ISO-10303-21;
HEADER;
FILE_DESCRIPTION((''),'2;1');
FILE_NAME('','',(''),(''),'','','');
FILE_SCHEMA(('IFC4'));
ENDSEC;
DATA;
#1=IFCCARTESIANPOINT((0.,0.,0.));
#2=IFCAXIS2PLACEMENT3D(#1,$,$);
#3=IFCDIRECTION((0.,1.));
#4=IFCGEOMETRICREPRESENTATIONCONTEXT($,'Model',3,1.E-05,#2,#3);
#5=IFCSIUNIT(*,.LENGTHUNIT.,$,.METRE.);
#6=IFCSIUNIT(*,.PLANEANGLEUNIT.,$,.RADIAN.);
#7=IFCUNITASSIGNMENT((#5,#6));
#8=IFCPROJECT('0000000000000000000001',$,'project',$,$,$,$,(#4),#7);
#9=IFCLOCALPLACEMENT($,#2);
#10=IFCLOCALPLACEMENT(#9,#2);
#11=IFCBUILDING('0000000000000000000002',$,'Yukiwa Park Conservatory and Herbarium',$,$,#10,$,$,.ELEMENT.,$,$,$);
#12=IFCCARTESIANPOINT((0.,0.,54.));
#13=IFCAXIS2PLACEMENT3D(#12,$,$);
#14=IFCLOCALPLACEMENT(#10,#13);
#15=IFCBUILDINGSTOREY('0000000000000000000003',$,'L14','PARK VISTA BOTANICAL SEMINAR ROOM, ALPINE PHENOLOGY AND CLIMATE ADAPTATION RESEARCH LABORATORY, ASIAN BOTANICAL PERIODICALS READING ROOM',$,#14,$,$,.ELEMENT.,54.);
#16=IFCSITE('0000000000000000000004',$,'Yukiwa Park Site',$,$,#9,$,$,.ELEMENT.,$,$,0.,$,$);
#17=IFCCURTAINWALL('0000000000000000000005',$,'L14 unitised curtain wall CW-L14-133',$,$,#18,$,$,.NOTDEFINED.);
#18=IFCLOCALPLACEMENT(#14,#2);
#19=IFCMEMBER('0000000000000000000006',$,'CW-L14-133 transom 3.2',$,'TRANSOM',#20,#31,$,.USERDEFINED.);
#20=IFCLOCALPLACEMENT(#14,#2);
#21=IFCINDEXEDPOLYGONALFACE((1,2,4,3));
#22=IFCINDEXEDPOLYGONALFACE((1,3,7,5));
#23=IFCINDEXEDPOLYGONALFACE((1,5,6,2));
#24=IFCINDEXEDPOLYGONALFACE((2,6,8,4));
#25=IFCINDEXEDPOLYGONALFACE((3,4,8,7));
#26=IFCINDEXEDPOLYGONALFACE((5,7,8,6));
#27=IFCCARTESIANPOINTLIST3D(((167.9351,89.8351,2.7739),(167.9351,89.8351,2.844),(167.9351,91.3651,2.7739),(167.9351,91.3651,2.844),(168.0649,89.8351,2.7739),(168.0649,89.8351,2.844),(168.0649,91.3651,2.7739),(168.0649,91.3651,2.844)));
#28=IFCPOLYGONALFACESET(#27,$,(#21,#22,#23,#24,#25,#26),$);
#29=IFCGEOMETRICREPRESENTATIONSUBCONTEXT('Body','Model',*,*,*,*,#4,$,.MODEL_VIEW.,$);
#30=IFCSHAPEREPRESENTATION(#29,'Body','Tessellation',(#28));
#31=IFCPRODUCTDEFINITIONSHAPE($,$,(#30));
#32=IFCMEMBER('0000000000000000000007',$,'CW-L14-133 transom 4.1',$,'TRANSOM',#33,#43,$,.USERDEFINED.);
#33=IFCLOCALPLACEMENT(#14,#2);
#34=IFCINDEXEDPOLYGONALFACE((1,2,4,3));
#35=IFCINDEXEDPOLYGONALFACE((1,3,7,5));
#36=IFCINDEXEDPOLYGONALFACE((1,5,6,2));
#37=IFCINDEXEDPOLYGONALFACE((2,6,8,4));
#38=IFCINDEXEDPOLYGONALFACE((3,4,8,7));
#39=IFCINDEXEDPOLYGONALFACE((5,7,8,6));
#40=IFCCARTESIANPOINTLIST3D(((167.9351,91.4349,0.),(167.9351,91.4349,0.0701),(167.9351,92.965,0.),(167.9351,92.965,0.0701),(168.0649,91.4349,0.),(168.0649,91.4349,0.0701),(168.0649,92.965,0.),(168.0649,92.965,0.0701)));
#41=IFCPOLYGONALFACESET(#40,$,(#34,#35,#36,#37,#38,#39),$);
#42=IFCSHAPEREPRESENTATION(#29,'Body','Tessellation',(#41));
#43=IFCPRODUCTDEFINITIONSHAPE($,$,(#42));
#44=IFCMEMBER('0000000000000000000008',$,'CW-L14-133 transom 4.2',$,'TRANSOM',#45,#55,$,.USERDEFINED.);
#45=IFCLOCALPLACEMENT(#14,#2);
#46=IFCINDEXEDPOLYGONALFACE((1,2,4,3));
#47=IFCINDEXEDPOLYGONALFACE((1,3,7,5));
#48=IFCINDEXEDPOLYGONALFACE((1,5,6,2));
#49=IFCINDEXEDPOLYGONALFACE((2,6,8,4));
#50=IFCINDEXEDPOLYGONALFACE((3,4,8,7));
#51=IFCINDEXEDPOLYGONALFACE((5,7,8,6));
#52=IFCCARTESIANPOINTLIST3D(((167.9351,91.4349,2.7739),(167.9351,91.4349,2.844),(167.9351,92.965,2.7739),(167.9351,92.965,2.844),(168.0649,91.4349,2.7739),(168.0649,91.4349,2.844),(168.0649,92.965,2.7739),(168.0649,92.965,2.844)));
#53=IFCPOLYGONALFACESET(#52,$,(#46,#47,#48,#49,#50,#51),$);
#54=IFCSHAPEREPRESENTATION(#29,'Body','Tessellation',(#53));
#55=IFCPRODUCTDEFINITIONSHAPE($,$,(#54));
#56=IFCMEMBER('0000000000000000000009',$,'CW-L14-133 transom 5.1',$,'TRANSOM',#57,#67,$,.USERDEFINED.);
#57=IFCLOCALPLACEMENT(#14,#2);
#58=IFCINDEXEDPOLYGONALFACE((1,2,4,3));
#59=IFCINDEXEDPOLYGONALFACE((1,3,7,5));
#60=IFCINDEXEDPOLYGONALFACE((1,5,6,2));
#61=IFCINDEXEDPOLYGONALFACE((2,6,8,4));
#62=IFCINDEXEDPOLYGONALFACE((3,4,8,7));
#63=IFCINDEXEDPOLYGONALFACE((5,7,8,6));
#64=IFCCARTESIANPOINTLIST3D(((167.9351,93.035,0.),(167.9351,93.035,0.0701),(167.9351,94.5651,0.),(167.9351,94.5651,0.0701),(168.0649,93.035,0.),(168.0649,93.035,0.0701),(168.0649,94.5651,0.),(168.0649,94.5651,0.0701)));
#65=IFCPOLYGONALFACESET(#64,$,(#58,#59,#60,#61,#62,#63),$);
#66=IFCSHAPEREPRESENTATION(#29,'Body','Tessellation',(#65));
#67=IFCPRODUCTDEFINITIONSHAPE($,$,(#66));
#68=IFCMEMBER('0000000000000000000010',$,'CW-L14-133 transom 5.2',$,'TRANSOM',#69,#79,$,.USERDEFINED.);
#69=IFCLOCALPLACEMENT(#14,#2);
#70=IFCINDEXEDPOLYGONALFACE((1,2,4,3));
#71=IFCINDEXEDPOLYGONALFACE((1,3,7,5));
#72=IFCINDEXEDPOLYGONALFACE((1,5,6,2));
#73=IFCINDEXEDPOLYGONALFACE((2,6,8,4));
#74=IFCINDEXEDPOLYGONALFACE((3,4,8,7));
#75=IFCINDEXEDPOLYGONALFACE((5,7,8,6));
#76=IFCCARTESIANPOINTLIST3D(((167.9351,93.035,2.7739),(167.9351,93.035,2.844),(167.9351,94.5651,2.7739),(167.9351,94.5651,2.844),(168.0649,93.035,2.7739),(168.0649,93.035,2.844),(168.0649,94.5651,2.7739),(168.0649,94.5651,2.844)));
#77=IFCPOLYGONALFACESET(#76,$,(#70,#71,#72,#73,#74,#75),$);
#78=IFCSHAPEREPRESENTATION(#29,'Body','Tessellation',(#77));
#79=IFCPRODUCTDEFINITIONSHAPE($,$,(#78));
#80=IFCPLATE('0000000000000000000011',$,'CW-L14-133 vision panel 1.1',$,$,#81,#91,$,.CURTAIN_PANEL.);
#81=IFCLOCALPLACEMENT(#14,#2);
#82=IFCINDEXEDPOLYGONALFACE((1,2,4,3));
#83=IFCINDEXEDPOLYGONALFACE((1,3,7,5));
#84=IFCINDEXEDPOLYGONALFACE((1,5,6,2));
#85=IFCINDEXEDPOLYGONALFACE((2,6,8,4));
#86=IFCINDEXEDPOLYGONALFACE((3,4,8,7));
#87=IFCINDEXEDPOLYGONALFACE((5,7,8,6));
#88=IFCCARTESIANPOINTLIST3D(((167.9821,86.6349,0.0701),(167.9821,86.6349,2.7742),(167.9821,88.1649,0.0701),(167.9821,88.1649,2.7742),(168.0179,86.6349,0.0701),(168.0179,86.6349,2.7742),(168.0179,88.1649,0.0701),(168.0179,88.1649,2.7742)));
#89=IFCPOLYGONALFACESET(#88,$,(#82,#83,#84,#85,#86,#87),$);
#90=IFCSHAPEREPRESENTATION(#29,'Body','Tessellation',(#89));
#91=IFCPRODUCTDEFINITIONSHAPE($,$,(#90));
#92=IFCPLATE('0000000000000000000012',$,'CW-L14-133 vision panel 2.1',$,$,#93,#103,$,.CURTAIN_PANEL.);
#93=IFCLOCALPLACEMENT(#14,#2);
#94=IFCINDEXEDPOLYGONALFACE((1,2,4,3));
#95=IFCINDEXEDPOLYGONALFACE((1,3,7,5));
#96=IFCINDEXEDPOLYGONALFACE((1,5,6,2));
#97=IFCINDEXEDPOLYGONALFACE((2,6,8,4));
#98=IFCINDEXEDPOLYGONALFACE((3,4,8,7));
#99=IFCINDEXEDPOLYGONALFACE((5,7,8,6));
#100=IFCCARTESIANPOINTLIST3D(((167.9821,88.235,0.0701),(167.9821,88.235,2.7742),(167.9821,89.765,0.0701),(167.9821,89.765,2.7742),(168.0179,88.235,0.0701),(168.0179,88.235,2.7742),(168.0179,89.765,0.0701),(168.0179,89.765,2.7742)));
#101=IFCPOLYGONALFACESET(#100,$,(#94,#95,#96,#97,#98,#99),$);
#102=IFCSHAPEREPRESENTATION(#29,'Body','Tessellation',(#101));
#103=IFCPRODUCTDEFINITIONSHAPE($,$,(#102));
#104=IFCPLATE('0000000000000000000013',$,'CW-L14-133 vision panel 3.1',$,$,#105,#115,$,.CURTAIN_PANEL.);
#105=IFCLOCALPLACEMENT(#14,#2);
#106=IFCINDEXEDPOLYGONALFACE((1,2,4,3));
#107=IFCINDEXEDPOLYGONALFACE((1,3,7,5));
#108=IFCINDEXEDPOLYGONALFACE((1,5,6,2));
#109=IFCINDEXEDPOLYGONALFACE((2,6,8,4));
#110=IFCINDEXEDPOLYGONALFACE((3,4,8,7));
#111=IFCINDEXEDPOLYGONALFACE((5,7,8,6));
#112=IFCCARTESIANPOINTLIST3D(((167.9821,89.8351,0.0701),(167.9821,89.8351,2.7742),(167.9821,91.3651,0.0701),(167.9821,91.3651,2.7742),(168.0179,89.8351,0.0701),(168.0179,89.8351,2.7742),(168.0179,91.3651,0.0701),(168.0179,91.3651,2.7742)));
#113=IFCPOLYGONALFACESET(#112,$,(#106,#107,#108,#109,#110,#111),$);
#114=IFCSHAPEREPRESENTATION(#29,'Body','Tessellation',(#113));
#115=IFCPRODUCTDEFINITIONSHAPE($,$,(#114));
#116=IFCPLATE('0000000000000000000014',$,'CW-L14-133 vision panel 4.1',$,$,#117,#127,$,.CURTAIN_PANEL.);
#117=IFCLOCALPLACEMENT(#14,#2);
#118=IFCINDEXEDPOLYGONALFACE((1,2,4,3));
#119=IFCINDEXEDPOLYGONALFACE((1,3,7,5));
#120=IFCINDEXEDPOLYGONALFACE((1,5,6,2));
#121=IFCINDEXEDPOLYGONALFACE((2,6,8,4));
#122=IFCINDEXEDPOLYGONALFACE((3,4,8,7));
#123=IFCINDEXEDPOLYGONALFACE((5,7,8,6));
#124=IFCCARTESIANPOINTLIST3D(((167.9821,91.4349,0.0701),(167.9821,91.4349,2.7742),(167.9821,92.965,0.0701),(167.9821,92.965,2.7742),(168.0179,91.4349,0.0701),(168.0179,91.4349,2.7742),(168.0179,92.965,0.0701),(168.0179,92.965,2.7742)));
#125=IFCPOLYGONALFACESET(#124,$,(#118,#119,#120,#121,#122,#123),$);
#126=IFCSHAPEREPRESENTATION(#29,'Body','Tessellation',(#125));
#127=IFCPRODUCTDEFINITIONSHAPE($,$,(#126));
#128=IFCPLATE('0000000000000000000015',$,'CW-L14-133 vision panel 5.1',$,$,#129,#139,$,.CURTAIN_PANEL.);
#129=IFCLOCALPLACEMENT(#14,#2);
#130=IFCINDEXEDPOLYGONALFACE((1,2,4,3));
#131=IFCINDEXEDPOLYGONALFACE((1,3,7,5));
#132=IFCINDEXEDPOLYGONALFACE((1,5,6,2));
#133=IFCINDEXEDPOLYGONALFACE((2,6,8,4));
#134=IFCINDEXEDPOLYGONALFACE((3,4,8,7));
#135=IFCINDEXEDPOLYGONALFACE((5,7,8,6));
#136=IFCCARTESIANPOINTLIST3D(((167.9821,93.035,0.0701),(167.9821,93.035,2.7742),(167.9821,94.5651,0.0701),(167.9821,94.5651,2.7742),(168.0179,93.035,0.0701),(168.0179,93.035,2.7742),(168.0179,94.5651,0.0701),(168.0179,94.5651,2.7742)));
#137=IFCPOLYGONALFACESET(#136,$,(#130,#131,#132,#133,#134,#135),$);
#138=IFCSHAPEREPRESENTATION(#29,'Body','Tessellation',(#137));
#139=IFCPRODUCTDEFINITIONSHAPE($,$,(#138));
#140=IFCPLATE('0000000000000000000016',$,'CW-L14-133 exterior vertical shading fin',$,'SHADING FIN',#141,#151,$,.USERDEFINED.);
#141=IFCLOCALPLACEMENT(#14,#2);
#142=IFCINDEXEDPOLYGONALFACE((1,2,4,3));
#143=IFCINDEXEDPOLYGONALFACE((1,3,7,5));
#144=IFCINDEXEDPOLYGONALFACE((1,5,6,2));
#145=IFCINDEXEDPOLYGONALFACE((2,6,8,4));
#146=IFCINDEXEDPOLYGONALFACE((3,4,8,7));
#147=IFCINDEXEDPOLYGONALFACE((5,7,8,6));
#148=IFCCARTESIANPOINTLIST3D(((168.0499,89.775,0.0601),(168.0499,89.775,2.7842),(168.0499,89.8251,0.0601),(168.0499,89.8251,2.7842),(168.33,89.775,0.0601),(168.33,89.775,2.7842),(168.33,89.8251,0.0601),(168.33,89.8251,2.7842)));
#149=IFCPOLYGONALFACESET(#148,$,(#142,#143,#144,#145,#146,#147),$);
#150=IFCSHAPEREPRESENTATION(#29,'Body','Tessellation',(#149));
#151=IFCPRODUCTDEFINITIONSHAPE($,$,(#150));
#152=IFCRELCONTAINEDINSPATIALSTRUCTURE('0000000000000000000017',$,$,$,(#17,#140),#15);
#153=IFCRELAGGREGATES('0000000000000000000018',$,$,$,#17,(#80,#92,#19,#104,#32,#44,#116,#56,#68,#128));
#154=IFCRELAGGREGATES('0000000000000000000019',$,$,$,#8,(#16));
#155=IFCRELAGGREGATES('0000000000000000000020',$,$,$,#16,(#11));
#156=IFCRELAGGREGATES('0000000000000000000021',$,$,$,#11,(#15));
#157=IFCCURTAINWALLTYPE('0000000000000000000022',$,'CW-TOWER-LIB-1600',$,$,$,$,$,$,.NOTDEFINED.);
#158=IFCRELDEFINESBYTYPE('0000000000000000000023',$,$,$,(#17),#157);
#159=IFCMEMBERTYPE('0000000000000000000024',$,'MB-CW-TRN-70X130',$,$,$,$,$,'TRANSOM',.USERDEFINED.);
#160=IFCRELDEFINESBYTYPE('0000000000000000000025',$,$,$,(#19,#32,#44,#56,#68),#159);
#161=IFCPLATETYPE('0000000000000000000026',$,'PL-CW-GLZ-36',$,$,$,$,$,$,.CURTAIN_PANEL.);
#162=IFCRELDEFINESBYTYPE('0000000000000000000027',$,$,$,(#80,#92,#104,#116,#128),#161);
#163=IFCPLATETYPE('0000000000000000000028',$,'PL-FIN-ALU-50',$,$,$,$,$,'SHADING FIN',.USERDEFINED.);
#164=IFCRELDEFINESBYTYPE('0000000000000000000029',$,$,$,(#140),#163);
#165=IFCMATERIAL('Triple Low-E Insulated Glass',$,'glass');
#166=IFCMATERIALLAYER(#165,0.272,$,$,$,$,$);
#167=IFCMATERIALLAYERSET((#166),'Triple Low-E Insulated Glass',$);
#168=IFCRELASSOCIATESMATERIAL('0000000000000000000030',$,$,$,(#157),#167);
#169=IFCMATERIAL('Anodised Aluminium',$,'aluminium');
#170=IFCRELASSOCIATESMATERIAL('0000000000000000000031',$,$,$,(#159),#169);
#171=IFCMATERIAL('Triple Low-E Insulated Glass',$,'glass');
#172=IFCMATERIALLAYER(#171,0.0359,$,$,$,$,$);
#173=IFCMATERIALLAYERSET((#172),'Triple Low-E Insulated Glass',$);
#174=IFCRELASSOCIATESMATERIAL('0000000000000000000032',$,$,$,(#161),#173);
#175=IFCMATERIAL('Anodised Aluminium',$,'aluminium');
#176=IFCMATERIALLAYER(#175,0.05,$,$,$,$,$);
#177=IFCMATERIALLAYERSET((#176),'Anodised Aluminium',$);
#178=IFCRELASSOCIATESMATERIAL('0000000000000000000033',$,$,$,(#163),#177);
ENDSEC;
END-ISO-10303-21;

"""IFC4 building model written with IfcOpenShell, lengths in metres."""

from ifc_helpers import new_model, si_unit, direction, frame, origin, origin_2d, place, context, subcontext, project, spatial, rectangle, extrude, material, layer, layer_set, type_object, element, aggregate, save


model = new_model("IFC4")

# Units and contexts
model_context = context("Model", 3, precision=1e-05, world=origin(), true_north=direction((0.0, 1.0)))
body_context = subcontext(model_context, "Body", "Model", "MODEL_VIEW")
ifc_project = project(units=[si_unit("LENGTHUNIT", "METRE"), si_unit("PLANEANGLEUNIT", "RADIAN")], contexts=[model_context])

# Site, building, storey
site_placement = place(None, origin())
site = spatial("IfcSite", under=ifc_project, at=site_placement, Name="Yukiwa Park Site", CompositionType="ELEMENT", RefElevation=0.0)
building_placement = place(site_placement, origin())
building = spatial("IfcBuilding", under=site, at=building_placement, Name="Yukiwa Park Conservatory and Herbarium", CompositionType="ELEMENT")
storey_placement = place(building_placement, frame((0.0, 0.0, 54.0)))
storey = spatial("IfcBuildingStorey", under=building, at=storey_placement, Name="L14", Description="PARK VISTA BOTANICAL SEMINAR ROOM, ALPINE PHENOLOGY AND CLIMATE ADAPTATION RESEARCH LABORATORY, ASIAN BOTANICAL PERIODICALS READING ROOM", CompositionType="ELEMENT", Elevation=54.0)

# Curtain wall, members, plates
ifc_material_1 = material(Name="Triple Low-E Insulated Glass", Category="glass")
ifc_layer_1 = layer(ifc_material_1, 0.272)
ifc_layer_set_1 = layer_set([ifc_layer_1], Name="Triple Low-E Insulated Glass")
curtain_wall_type = type_object("IfcCurtainWallType", Name="CW-TOWER-LIB-1600", PredefinedType="NOTDEFINED", material=ifc_layer_set_1)
curtain_wall_placement = place(storey_placement, origin())
curtain_wall = element("IfcCurtainWall", 1, at=curtain_wall_placement, inside=storey, type_object=curtain_wall_type, Name="L14 unitised curtain wall CW-L14-133", PredefinedType="NOTDEFINED")
ifc_material_2 = material(Name="Anodised Aluminium", Category="aluminium")
member_type_1 = type_object("IfcMemberType", Name="MB-CW-TRN-70X130", ElementType="TRANSOM", PredefinedType="USERDEFINED", material=ifc_material_2)
member_1_placement = place(storey_placement, frame((168.0, 90.6001, 2.7739), z_axis=(0.0, 0.0, 1.0), x_axis=(0.0, 1.0, 0.0)))
member_1 = element("IfcMember", 2, at=member_1_placement, type_object=member_type_1, Name="CW-L14-133 transom 3.2", ObjectType="TRANSOM", PredefinedType="USERDEFINED", context=body_context, shape_type="SweptSolid", body=[
    extrude(rectangle(XDim=1.53, YDim=0.1299, at=origin_2d()), origin(), (0.0, 0.0, 1.0), 0.0701),
])
member_2_placement = place(storey_placement, frame((168.0, 92.2, 0.0), z_axis=(0.0, 0.0, 1.0), x_axis=(0.0, 1.0, 0.0)))
member_2 = element("IfcMember", 3, at=member_2_placement, type_object=member_type_1, Name="CW-L14-133 transom 4.1", ObjectType="TRANSOM", PredefinedType="USERDEFINED", context=body_context, shape_type="SweptSolid", body=[
    extrude(rectangle(XDim=1.53, YDim=0.1299, at=origin_2d()), origin(), (0.0, 0.0, 1.0), 0.0701),
])
member_3_placement = place(storey_placement, frame((168.0, 92.2, 2.7739), z_axis=(0.0, 0.0, 1.0), x_axis=(0.0, 1.0, 0.0)))
member_3 = element("IfcMember", 4, at=member_3_placement, type_object=member_type_1, Name="CW-L14-133 transom 4.2", ObjectType="TRANSOM", PredefinedType="USERDEFINED", context=body_context, shape_type="SweptSolid", body=[
    extrude(rectangle(XDim=1.53, YDim=0.1299, at=origin_2d()), origin(), (0.0, 0.0, 1.0), 0.0701),
])
member_4_placement = place(storey_placement, frame((168.0, 93.8, 0.0), z_axis=(0.0, 0.0, 1.0), x_axis=(0.0, 1.0, 0.0)))
member_4 = element("IfcMember", 5, at=member_4_placement, type_object=member_type_1, Name="CW-L14-133 transom 5.1", ObjectType="TRANSOM", PredefinedType="USERDEFINED", context=body_context, shape_type="SweptSolid", body=[
    extrude(rectangle(XDim=1.53, YDim=0.1299, at=origin_2d()), origin(), (0.0, 0.0, 1.0), 0.0701),
])
member_5_placement = place(storey_placement, frame((168.0, 93.8, 2.7739), z_axis=(0.0, 0.0, 1.0), x_axis=(0.0, 1.0, 0.0)))
member_5 = element("IfcMember", 6, at=member_5_placement, type_object=member_type_1, Name="CW-L14-133 transom 5.2", ObjectType="TRANSOM", PredefinedType="USERDEFINED", context=body_context, shape_type="SweptSolid", body=[
    extrude(rectangle(XDim=1.53, YDim=0.1299, at=origin_2d()), origin(), (0.0, 0.0, 1.0), 0.0701),
])
ifc_material_3 = material(Name="Triple Low-E Insulated Glass", Category="glass")
ifc_layer_2 = layer(ifc_material_3, 0.0359)
ifc_layer_set_2 = layer_set([ifc_layer_2], Name="Triple Low-E Insulated Glass")
plate_type_1 = type_object("IfcPlateType", Name="PL-CW-GLZ-36", PredefinedType="CURTAIN_PANEL", material=ifc_layer_set_2)
plate_1_placement = place(storey_placement, frame((168.0, 87.3999, 0.0701), z_axis=(0.0, 0.0, 1.0), x_axis=(0.0, 1.0, 0.0)))
plate_1 = element("IfcPlate", 7, at=plate_1_placement, type_object=plate_type_1, Name="CW-L14-133 vision panel 1.1", PredefinedType="CURTAIN_PANEL", context=body_context, shape_type="SweptSolid", body=[
    extrude(rectangle(XDim=1.53, YDim=0.0359, at=origin_2d()), origin(), (0.0, 0.0, 1.0), 2.7041),
])
plate_2_placement = place(storey_placement, frame((168.0, 89.0, 0.0701), z_axis=(0.0, 0.0, 1.0), x_axis=(0.0, 1.0, 0.0)))
plate_2 = element("IfcPlate", 8, at=plate_2_placement, type_object=plate_type_1, Name="CW-L14-133 vision panel 2.1", PredefinedType="CURTAIN_PANEL", context=body_context, shape_type="SweptSolid", body=[
    extrude(rectangle(XDim=1.53, YDim=0.0359, at=origin_2d()), origin(), (0.0, 0.0, 1.0), 2.7041),
])
plate_3_placement = place(storey_placement, frame((168.0, 90.6001, 0.0701), z_axis=(0.0, 0.0, 1.0), x_axis=(0.0, 1.0, 0.0)))
plate_3 = element("IfcPlate", 9, at=plate_3_placement, type_object=plate_type_1, Name="CW-L14-133 vision panel 3.1", PredefinedType="CURTAIN_PANEL", context=body_context, shape_type="SweptSolid", body=[
    extrude(rectangle(XDim=1.53, YDim=0.0359, at=origin_2d()), origin(), (0.0, 0.0, 1.0), 2.7041),
])
plate_4_placement = place(storey_placement, frame((168.0, 92.2, 0.0701), z_axis=(0.0, 0.0, 1.0), x_axis=(0.0, 1.0, 0.0)))
plate_4 = element("IfcPlate", 10, at=plate_4_placement, type_object=plate_type_1, Name="CW-L14-133 vision panel 4.1", PredefinedType="CURTAIN_PANEL", context=body_context, shape_type="SweptSolid", body=[
    extrude(rectangle(XDim=1.53, YDim=0.0359, at=origin_2d()), origin(), (0.0, 0.0, 1.0), 2.7041),
])
plate_5_placement = place(storey_placement, frame((168.0, 93.8, 0.0701), z_axis=(0.0, 0.0, 1.0), x_axis=(0.0, 1.0, 0.0)))
plate_5 = element("IfcPlate", 11, at=plate_5_placement, type_object=plate_type_1, Name="CW-L14-133 vision panel 5.1", PredefinedType="CURTAIN_PANEL", context=body_context, shape_type="SweptSolid", body=[
    extrude(rectangle(XDim=1.53, YDim=0.0359, at=origin_2d()), origin(), (0.0, 0.0, 1.0), 2.7041),
])
aggregate(curtain_wall, [plate_1, plate_2, member_1, plate_3, member_2, member_3, plate_4, member_4, member_5, plate_5])

# Plate
ifc_material_4 = material(Name="Anodised Aluminium", Category="aluminium")
ifc_layer_3 = layer(ifc_material_4, 0.05)
ifc_layer_set_3 = layer_set([ifc_layer_3], Name="Anodised Aluminium")
plate_type_2 = type_object("IfcPlateType", Name="PL-FIN-ALU-50", ElementType="SHADING FIN", PredefinedType="USERDEFINED", material=ifc_layer_set_3)
plate_6_placement = place(storey_placement, frame((168.1899, 89.8, 0.0601), z_axis=(0.0, 0.0, 1.0), x_axis=(0.0, 1.0, 0.0)))
element("IfcPlate", 12, at=plate_6_placement, inside=storey, type_object=plate_type_2, Name="CW-L14-133 exterior vertical shading fin", ObjectType="SHADING FIN", PredefinedType="USERDEFINED", context=body_context, shape_type="SweptSolid", body=[
    extrude(rectangle(XDim=0.05, YDim=0.28, at=origin_2d()), origin(), (0.0, 0.0, 1.0), 2.7241),
])

save(model, "model.ifc")
